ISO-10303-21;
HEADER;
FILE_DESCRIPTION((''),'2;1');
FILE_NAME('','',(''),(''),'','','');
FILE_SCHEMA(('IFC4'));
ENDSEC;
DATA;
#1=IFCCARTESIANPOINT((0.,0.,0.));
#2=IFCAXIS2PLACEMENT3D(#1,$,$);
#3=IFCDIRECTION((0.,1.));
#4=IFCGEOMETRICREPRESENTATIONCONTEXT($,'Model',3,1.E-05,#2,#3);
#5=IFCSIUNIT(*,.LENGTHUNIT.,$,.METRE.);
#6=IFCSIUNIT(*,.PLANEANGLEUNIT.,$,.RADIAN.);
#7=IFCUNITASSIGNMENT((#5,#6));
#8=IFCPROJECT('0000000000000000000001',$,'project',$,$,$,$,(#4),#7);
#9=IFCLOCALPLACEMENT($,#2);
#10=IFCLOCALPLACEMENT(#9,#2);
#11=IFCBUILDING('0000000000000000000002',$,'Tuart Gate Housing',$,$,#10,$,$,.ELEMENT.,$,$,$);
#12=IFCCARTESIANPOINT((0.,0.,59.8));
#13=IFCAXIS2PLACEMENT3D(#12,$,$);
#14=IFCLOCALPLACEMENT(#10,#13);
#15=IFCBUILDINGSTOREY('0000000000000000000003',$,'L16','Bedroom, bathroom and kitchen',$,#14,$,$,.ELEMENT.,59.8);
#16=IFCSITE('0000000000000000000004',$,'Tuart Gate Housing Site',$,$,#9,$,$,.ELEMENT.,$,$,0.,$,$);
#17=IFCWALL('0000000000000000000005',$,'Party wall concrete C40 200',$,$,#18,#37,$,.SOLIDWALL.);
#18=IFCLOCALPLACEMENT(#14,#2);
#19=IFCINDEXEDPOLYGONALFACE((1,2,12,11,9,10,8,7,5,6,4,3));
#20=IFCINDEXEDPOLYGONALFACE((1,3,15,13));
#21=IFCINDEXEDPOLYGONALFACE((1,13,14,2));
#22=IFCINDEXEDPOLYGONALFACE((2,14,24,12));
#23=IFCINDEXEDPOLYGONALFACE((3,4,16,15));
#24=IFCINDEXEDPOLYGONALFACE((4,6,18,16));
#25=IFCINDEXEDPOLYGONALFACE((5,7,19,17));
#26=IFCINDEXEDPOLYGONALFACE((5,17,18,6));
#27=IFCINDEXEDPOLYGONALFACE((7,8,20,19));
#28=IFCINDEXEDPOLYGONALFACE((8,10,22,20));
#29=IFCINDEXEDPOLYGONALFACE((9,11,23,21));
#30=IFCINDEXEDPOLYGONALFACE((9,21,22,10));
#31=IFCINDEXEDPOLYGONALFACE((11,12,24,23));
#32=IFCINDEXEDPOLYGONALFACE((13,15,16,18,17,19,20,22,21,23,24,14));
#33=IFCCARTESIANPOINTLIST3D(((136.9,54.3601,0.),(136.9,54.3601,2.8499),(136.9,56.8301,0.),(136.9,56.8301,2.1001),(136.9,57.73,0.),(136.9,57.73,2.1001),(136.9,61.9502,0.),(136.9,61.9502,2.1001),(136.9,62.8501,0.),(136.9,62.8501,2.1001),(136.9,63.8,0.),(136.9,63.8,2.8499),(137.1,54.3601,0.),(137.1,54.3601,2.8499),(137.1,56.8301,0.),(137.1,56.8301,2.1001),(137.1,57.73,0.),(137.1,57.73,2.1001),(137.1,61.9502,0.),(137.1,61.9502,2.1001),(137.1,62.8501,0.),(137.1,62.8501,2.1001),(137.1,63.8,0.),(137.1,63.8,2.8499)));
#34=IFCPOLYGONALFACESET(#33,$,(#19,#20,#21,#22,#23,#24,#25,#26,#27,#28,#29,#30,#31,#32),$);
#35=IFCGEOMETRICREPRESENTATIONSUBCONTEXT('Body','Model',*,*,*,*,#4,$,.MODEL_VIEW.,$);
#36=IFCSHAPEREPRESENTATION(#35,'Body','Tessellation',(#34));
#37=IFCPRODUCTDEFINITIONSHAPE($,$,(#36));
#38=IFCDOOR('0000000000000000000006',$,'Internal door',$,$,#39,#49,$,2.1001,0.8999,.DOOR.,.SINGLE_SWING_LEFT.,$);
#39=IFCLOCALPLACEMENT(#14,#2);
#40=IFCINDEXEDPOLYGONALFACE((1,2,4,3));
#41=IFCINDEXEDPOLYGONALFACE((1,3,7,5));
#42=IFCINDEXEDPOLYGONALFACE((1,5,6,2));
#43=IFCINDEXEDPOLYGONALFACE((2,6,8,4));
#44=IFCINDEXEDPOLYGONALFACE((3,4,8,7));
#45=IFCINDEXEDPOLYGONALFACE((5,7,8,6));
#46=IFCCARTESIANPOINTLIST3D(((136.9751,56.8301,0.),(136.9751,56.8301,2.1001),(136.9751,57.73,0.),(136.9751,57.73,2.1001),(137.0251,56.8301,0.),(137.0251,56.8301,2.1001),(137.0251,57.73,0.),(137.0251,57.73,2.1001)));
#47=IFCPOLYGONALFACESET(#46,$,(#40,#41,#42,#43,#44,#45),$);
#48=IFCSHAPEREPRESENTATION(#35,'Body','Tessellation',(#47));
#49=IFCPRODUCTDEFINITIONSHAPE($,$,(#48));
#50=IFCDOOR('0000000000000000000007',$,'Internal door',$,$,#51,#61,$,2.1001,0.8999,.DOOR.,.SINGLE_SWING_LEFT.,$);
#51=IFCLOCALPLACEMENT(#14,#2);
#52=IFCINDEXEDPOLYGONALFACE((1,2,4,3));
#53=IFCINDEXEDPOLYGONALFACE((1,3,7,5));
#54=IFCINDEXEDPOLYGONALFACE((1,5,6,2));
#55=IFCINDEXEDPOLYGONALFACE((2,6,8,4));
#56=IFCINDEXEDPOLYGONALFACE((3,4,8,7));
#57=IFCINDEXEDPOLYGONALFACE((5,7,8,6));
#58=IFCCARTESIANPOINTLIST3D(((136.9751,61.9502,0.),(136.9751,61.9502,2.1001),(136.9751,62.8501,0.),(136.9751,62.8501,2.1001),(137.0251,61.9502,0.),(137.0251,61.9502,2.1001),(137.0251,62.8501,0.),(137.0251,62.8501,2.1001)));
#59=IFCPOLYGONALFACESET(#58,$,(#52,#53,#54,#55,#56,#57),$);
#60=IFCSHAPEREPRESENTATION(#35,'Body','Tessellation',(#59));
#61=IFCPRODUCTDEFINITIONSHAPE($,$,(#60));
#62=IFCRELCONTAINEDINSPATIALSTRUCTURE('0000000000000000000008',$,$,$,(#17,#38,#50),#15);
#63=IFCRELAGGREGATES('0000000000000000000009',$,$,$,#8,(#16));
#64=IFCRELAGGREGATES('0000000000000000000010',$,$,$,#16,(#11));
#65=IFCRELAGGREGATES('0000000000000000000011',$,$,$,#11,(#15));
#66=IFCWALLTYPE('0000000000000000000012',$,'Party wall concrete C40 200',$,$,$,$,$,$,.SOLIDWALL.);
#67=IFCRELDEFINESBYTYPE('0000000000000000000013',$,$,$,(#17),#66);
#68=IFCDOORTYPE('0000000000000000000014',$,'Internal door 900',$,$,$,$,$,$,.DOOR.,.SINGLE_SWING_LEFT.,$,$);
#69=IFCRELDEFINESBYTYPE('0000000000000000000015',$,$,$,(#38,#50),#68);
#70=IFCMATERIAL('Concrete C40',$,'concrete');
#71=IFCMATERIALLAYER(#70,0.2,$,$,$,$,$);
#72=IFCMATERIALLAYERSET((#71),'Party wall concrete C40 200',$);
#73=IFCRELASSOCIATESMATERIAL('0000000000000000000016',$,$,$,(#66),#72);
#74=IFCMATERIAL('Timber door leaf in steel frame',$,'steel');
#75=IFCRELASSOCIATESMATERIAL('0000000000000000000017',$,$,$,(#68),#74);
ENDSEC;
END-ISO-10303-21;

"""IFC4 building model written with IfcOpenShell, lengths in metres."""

from ifc_helpers import new_model, si_unit, direction, frame, frame_2d, origin, place, context, subcontext, project, spatial, rectangle, extrude, material, layer, layer_set, type_object, element, fill, save


model = new_model("IFC4")

# Units and contexts
model_context = context("Model", 3, precision=1e-05, world=origin(), true_north=direction((0.0, 1.0)))
body_context = subcontext(model_context, "Body", "Model", "MODEL_VIEW")
ifc_project = project(units=[si_unit("LENGTHUNIT", "METRE"), si_unit("PLANEANGLEUNIT", "RADIAN")], contexts=[model_context])

# Site, building, storey
site_placement = place(None, origin())
site = spatial("IfcSite", under=ifc_project, at=site_placement, Name="Tuart Gate Housing Site", CompositionType="ELEMENT", RefElevation=0.0)
building_placement = place(site_placement, origin())
building = spatial("IfcBuilding", under=site, at=building_placement, Name="Tuart Gate Housing", CompositionType="ELEMENT")
storey_placement = place(building_placement, frame((0.0, 0.0, 59.8)))
storey = spatial("IfcBuildingStorey", under=building, at=storey_placement, Name="L16", Description="Bedroom, bathroom and kitchen", CompositionType="ELEMENT", Elevation=59.8)

# Wall, openings, doors
ifc_material_1 = material(Name="Concrete C40", Category="concrete")
ifc_layer_1 = layer(ifc_material_1, 0.2)
ifc_layer_set_1 = layer_set([ifc_layer_1], Name="Party wall concrete C40 200")
wall_type_1 = type_object("IfcWallType", Name="Party wall concrete C40 200", PredefinedType="SOLIDWALL", material=ifc_layer_set_1)
wall_1_placement = place(storey_placement, frame((137.0, 54.3601, 0.0), z_axis=(0.0, 0.0, 1.0), x_axis=(0.0, 1.0, 0.0)))
wall_1 = element("IfcWall", 1, at=wall_1_placement, inside=storey, type_object=wall_type_1, Name="Party wall concrete C40 200", PredefinedType="SOLIDWALL", context=body_context, shape_type="SweptSolid", body=[
    extrude(rectangle(XDim=9.4399, YDim=0.2, at=frame_2d((4.72, 0.0))), origin(), (0.0, 0.0, 1.0), 2.8499),
])
opening_1_placement = place(wall_1_placement, frame((2.47, 0.0, 0.0)))
opening_1 = element("IfcOpeningElement", 2, at=opening_1_placement, cuts=wall_1, PredefinedType="OPENING", context=body_context, shape_type="SweptSolid", body=[
    extrude(rectangle(XDim=0.8999, YDim=2.1001, at=frame_2d((0.45, 1.05))), frame((0.0, 0.1099, 0.0), z_axis=(0.0, -1.0, 0.0), x_axis=(1.0, 0.0, 0.0)), (0.0, 0.0, 1.0), 0.22),
])
opening_2_placement = place(wall_1_placement, frame((7.5901, 0.0, 0.0)))
opening_2 = element("IfcOpeningElement", 3, at=opening_2_placement, cuts=wall_1, PredefinedType="OPENING", context=body_context, shape_type="SweptSolid", body=[
    extrude(rectangle(XDim=0.8999, YDim=2.1001, at=frame_2d((0.45, 1.05))), frame((0.0, 0.1099, 0.0), z_axis=(0.0, -1.0, 0.0), x_axis=(1.0, 0.0, 0.0)), (0.0, 0.0, 1.0), 0.22),
])
ifc_material_2 = material(Name="Timber door leaf in steel frame", Category="steel")
door_type = type_object("IfcDoorType", Name="Internal door 900", OperationType="SINGLE_SWING_LEFT", PredefinedType="DOOR", material=ifc_material_2)
door_1_placement = place(opening_1_placement, origin())
door_1 = element("IfcDoor", 4, at=door_1_placement, inside=storey, type_object=door_type, Name="Internal door", OperationType="SINGLE_SWING_LEFT", OverallHeight=2.1001, OverallWidth=0.8999, PredefinedType="DOOR", context=body_context, shape_type="SweptSolid", body=[
    extrude(rectangle(XDim=0.8999, YDim=2.1001, at=frame_2d((0.45, 1.05))), frame((0.0, 0.0249, 0.0), z_axis=(0.0, -1.0, 0.0), x_axis=(1.0, 0.0, 0.0)), (0.0, 0.0, 1.0), 0.05),
])
fill(opening_1, door_1)
door_2_placement = place(opening_2_placement, origin())
door_2 = element("IfcDoor", 5, at=door_2_placement, inside=storey, type_object=door_type, Name="Internal door", OperationType="SINGLE_SWING_LEFT", OverallHeight=2.1001, OverallWidth=0.8999, PredefinedType="DOOR", context=body_context, shape_type="SweptSolid", body=[
    extrude(rectangle(XDim=0.8999, YDim=2.1001, at=frame_2d((0.45, 1.05))), frame((0.0, 0.0249, 0.0), z_axis=(0.0, -1.0, 0.0), x_axis=(1.0, 0.0, 0.0)), (0.0, 0.0, 1.0), 0.05),
])
fill(opening_2, door_2)

save(model, "model.ifc")
